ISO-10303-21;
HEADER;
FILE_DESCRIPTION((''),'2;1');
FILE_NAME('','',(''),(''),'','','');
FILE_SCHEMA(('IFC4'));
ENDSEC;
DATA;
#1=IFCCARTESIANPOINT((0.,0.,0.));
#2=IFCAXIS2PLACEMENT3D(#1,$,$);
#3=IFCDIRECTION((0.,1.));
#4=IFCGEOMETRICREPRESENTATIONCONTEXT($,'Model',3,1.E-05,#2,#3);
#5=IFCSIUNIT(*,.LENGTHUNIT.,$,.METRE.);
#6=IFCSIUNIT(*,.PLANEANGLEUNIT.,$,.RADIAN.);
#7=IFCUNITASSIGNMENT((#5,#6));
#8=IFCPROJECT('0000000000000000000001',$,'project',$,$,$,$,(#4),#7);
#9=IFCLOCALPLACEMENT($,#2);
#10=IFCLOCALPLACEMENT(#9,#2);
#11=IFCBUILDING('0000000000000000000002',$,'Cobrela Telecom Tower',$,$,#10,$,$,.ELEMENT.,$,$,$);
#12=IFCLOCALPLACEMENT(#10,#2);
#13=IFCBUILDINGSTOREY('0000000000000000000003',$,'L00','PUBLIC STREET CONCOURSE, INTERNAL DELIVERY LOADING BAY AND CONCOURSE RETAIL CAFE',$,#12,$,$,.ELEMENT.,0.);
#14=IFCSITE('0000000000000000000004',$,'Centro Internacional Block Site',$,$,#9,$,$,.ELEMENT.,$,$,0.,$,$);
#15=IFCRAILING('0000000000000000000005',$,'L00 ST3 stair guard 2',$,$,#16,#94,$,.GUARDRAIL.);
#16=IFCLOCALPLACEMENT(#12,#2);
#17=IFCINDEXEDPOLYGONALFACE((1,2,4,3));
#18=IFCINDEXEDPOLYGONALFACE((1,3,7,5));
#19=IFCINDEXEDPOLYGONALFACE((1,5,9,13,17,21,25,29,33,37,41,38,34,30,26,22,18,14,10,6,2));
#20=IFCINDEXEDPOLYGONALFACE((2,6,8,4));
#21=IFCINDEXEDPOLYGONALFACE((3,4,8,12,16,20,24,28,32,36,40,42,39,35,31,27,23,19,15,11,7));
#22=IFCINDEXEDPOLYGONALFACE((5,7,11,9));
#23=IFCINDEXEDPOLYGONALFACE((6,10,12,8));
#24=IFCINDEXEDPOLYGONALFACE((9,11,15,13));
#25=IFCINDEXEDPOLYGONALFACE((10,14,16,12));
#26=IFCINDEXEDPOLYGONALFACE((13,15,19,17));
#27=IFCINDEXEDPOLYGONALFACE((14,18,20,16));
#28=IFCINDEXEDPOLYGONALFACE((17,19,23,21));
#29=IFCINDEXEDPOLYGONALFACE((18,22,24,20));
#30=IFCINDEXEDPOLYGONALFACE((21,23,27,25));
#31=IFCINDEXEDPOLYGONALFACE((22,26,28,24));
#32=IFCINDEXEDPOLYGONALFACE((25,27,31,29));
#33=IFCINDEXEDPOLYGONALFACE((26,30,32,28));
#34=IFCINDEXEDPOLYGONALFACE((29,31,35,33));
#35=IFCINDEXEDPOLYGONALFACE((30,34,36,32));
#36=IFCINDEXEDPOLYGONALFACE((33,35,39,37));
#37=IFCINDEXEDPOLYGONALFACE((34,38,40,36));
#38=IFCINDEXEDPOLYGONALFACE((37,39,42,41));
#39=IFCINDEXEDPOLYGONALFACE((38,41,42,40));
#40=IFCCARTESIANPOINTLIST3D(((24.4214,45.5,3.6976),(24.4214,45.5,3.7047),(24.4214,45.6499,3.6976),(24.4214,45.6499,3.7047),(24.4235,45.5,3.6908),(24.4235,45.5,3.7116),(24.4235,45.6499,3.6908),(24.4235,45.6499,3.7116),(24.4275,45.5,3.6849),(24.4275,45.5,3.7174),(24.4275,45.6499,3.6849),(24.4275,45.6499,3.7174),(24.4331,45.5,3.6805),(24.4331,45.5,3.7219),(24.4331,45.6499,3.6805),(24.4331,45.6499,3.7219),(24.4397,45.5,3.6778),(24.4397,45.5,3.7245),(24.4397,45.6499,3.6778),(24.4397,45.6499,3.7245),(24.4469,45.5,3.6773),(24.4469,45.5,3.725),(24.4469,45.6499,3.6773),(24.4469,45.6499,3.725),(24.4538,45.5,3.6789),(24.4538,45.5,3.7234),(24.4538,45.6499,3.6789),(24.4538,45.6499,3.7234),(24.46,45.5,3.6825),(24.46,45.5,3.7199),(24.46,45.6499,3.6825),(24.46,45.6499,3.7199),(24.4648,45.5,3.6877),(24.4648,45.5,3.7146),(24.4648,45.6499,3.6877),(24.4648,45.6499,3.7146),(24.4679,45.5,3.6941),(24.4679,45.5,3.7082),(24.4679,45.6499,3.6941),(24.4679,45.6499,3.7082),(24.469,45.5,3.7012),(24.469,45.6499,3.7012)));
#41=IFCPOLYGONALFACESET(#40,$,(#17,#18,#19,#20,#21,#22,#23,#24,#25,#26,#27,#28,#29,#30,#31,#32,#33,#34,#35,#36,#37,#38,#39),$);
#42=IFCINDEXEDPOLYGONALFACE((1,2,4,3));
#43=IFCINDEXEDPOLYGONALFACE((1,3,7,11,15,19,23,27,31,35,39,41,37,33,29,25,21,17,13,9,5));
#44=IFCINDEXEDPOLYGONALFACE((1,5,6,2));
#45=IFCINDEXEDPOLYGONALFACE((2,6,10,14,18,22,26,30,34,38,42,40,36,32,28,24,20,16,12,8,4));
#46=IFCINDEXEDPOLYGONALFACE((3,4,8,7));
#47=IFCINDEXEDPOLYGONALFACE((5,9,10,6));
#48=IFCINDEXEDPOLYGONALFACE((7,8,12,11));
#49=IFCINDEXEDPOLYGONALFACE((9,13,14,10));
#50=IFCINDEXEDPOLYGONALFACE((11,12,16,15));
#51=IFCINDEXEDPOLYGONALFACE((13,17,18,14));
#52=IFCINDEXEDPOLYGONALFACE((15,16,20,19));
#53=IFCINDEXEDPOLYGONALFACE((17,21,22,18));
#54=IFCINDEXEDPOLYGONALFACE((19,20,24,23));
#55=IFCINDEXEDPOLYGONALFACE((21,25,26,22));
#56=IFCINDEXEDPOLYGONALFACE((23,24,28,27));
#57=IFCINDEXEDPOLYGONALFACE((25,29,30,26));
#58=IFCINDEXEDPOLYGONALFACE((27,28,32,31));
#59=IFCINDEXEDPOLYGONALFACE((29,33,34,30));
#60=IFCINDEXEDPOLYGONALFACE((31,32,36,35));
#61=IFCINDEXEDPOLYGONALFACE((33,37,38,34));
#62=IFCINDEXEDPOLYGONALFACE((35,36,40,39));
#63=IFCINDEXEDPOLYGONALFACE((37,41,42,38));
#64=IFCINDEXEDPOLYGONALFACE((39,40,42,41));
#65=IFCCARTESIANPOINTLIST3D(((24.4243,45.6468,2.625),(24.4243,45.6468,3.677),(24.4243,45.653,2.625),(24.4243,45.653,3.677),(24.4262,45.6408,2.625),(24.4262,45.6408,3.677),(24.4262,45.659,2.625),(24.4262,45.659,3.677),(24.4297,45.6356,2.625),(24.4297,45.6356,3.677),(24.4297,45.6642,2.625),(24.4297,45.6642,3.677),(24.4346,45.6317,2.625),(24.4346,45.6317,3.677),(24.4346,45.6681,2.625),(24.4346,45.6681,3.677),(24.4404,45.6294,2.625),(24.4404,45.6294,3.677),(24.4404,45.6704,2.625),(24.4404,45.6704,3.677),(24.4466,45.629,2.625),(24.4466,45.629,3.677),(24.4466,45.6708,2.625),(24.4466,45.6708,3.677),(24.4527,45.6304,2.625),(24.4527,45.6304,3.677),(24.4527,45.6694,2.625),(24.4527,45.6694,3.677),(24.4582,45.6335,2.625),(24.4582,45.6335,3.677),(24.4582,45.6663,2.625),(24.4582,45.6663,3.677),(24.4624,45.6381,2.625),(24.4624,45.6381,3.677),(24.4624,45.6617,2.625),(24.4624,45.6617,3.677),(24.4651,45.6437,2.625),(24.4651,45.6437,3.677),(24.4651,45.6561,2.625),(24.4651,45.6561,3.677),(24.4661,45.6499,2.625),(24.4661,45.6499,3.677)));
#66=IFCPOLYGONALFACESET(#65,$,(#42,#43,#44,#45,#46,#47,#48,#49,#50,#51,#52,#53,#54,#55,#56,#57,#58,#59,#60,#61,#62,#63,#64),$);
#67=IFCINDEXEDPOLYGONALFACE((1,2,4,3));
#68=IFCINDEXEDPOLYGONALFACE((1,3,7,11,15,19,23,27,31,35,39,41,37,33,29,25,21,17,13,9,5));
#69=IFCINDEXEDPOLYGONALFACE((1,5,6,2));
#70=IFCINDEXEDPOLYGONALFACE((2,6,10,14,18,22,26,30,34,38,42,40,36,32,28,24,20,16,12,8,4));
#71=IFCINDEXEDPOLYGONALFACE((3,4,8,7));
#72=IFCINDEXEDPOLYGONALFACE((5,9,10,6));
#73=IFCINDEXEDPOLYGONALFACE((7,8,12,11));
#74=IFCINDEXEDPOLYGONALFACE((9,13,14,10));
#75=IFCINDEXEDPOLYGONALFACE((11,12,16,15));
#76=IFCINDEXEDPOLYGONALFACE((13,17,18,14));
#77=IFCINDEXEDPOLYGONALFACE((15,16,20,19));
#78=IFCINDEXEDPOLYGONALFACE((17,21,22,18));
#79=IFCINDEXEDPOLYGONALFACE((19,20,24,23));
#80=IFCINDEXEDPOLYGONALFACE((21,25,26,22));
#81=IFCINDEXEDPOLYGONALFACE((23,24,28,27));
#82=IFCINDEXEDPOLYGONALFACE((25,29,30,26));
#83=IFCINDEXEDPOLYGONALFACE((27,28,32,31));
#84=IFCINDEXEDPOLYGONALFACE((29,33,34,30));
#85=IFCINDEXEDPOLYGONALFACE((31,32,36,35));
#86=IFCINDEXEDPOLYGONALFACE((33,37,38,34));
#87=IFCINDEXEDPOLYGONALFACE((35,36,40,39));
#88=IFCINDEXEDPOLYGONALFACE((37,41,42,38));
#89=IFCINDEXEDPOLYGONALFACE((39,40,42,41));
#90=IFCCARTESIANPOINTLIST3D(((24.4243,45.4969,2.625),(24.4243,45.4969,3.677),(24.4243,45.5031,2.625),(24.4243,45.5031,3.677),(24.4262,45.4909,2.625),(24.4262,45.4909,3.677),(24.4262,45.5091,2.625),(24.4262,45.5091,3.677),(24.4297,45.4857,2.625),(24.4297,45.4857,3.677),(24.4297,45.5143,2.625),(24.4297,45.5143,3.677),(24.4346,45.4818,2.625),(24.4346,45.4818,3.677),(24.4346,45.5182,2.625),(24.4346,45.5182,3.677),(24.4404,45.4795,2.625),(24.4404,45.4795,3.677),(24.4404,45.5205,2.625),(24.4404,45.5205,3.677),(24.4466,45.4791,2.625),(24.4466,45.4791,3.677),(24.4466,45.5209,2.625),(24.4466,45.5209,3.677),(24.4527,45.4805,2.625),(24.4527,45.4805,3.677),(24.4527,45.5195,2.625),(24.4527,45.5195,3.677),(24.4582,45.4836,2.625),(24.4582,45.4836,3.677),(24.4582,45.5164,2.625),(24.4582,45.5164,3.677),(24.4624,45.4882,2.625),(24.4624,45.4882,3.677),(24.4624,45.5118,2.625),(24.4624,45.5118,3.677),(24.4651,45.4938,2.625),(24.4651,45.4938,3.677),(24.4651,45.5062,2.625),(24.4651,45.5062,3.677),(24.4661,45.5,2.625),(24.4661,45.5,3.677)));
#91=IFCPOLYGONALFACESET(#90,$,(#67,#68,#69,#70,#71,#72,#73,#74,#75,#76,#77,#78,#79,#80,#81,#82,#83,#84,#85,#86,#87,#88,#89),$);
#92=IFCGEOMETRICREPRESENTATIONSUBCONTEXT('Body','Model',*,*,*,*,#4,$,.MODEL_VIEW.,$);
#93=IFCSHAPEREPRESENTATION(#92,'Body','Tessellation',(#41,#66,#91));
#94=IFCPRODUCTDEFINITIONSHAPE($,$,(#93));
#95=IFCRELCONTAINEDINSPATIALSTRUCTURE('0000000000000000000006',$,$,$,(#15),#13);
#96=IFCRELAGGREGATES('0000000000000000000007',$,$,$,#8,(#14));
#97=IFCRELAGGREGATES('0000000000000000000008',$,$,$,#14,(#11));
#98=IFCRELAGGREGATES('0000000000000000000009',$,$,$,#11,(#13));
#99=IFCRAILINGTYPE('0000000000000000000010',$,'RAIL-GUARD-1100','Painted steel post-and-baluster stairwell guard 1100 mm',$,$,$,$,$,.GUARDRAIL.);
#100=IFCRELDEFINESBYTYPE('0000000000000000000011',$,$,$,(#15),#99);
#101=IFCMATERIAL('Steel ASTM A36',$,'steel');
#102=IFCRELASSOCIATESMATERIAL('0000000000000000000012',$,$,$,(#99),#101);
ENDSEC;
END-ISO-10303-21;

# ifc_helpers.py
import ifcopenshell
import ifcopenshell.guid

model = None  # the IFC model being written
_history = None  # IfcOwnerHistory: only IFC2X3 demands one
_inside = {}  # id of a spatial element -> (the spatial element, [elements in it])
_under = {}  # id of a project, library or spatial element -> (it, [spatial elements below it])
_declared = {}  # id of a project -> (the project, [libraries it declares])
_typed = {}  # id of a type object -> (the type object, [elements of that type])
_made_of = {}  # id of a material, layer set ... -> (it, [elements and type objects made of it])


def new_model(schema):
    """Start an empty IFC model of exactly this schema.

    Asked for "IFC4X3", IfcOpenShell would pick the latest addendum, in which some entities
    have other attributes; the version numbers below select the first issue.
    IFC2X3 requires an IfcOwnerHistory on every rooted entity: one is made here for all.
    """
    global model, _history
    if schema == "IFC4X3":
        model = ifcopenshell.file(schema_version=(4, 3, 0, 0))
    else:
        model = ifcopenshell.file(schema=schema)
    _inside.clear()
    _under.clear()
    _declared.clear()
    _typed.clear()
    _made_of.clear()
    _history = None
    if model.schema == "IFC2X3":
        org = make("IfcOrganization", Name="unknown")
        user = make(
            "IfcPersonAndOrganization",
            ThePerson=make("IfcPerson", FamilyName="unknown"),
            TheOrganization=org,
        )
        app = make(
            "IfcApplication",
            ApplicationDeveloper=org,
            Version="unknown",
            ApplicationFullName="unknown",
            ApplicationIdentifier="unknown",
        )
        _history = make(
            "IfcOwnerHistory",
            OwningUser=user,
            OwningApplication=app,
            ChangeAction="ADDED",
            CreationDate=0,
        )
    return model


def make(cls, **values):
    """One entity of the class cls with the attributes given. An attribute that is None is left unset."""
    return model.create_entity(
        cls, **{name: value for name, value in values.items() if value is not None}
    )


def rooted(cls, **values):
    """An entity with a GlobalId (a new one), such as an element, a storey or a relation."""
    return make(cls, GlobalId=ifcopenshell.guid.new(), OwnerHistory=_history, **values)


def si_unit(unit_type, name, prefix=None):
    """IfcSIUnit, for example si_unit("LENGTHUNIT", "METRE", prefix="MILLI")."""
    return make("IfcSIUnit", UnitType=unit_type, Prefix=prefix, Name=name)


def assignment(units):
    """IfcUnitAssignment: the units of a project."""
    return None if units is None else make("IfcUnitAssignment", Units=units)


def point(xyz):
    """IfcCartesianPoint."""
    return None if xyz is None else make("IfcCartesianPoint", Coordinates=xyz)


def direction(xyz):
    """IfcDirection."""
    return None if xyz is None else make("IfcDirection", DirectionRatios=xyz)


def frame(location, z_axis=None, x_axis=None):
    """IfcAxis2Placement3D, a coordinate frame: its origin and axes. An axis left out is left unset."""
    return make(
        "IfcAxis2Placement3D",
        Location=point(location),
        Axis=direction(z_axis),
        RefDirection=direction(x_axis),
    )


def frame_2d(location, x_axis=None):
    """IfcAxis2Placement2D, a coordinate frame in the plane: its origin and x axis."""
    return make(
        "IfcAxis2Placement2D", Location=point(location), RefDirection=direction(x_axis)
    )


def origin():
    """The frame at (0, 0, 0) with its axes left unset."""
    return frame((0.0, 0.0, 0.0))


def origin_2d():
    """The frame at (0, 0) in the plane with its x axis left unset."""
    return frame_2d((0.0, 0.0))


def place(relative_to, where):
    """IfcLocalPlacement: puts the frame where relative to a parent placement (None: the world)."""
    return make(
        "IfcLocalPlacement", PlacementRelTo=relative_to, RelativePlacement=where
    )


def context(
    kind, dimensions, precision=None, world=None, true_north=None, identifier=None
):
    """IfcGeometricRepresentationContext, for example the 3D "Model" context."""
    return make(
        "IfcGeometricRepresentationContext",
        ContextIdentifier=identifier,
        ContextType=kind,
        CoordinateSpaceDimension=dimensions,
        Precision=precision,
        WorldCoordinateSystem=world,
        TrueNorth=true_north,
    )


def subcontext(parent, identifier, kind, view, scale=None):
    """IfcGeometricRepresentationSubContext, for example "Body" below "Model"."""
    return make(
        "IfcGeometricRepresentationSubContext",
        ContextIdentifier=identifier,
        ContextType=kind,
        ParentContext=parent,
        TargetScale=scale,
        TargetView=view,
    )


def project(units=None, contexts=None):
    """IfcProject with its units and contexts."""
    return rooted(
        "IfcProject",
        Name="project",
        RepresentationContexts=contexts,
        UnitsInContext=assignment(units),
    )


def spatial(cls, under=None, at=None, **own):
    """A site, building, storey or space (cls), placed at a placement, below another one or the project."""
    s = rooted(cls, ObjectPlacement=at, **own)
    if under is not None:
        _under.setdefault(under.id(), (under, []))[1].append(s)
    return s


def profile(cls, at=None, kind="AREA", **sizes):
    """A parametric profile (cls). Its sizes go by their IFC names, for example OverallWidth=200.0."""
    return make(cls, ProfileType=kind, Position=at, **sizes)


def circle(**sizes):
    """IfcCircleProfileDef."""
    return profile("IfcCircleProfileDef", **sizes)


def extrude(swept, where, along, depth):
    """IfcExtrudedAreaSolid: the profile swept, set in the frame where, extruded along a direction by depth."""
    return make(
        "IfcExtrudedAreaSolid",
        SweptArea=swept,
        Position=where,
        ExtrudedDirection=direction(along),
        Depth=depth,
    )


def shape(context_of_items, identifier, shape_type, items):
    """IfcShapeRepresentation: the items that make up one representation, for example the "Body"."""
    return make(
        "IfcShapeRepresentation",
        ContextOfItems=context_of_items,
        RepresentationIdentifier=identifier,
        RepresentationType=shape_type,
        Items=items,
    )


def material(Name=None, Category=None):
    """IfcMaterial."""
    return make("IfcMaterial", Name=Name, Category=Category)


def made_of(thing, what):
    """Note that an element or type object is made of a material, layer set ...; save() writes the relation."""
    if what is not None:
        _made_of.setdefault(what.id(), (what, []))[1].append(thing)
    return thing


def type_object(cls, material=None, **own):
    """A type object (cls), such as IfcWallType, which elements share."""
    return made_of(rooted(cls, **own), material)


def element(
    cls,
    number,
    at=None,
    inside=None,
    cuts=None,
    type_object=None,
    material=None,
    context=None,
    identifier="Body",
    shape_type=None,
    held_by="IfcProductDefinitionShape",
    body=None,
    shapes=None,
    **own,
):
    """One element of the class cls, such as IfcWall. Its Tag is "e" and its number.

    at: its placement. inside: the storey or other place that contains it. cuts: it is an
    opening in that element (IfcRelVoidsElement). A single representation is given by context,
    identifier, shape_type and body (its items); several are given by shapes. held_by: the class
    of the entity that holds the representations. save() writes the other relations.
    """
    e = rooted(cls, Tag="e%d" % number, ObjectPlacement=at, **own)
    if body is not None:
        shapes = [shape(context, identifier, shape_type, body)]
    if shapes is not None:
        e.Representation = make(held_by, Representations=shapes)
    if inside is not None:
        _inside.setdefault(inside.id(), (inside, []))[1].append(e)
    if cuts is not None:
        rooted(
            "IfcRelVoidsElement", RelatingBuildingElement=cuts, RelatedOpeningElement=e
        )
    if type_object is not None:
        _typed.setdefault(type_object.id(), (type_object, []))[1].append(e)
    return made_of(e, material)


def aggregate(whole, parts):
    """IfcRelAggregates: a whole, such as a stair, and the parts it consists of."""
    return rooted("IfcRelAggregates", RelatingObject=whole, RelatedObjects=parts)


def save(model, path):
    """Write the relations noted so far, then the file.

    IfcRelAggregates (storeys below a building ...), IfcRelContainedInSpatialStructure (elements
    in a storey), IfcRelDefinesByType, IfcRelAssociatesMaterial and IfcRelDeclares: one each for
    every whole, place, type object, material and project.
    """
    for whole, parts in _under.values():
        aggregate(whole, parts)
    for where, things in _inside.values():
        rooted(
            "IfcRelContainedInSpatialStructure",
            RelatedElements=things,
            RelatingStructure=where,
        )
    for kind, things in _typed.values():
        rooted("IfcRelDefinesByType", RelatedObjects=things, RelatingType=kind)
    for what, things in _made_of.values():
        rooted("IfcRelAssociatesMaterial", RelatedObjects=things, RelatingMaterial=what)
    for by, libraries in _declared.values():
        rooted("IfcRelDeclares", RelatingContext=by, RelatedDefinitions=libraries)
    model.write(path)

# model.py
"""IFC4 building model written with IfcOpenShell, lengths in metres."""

from ifc_helpers import new_model, si_unit, direction, frame, origin, origin_2d, place, context, subcontext, project, spatial, circle, extrude, material, type_object, element, save


model = new_model("IFC4")

# Units and contexts
model_context = context("Model", 3, precision=1e-05, world=origin(), true_north=direction((0.0, 1.0)))
body_context = subcontext(model_context, "Body", "Model", "MODEL_VIEW")
ifc_project = project(units=[si_unit("LENGTHUNIT", "METRE"), si_unit("PLANEANGLEUNIT", "RADIAN")], contexts=[model_context])

# Site, building, storey
site_placement = place(None, origin())
site = spatial("IfcSite", under=ifc_project, at=site_placement, Name="Centro Internacional Block Site", CompositionType="ELEMENT", RefElevation=0.0)
building_placement = place(site_placement, origin())
building = spatial("IfcBuilding", under=site, at=building_placement, Name="Cobrela Telecom Tower", CompositionType="ELEMENT")
storey_placement = place(building_placement, origin())
storey = spatial("IfcBuildingStorey", under=building, at=storey_placement, Name="L00", Description="PUBLIC STREET CONCOURSE, INTERNAL DELIVERY LOADING BAY AND CONCOURSE RETAIL CAFE", CompositionType="ELEMENT", Elevation=0.0)

# Shared definitions
ifc_material_1 = material(Name="Steel ASTM A36", Category="steel")

# Railing
railing_type_1 = type_object("IfcRailingType", Name="RAIL-GUARD-1100", Description="Painted steel post-and-baluster stairwell guard 1100 mm", PredefinedType="GUARDRAIL", material=ifc_material_1)
railing_1_placement = place(storey_placement, frame((24.4451, 45.6499, 2.625)))
element("IfcRailing", 1, at=railing_1_placement, inside=storey, type_object=railing_type_1, Name="L00 ST3 stair guard 2", PredefinedType="GUARDRAIL", context=body_context, shape_type="SweptSolid", body=[
    extrude(circle(Radius=0.0239, at=origin_2d()), frame((0.0, 0.0, 1.0762), z_axis=(0.0, -1.0, 0.0), x_axis=(1.0, 0.0, 0.0)), (0.0, 0.0, 1.0), 0.1499),
    extrude(circle(Radius=0.021, at=origin_2d()), origin(), (0.0, 0.0, 1.0), 1.052),
    extrude(circle(Radius=0.021, at=origin_2d()), frame((0.0, -0.1499, 0.0)), (0.0, 0.0, 1.0), 1.052),
])

save(model, "model.ifc")
